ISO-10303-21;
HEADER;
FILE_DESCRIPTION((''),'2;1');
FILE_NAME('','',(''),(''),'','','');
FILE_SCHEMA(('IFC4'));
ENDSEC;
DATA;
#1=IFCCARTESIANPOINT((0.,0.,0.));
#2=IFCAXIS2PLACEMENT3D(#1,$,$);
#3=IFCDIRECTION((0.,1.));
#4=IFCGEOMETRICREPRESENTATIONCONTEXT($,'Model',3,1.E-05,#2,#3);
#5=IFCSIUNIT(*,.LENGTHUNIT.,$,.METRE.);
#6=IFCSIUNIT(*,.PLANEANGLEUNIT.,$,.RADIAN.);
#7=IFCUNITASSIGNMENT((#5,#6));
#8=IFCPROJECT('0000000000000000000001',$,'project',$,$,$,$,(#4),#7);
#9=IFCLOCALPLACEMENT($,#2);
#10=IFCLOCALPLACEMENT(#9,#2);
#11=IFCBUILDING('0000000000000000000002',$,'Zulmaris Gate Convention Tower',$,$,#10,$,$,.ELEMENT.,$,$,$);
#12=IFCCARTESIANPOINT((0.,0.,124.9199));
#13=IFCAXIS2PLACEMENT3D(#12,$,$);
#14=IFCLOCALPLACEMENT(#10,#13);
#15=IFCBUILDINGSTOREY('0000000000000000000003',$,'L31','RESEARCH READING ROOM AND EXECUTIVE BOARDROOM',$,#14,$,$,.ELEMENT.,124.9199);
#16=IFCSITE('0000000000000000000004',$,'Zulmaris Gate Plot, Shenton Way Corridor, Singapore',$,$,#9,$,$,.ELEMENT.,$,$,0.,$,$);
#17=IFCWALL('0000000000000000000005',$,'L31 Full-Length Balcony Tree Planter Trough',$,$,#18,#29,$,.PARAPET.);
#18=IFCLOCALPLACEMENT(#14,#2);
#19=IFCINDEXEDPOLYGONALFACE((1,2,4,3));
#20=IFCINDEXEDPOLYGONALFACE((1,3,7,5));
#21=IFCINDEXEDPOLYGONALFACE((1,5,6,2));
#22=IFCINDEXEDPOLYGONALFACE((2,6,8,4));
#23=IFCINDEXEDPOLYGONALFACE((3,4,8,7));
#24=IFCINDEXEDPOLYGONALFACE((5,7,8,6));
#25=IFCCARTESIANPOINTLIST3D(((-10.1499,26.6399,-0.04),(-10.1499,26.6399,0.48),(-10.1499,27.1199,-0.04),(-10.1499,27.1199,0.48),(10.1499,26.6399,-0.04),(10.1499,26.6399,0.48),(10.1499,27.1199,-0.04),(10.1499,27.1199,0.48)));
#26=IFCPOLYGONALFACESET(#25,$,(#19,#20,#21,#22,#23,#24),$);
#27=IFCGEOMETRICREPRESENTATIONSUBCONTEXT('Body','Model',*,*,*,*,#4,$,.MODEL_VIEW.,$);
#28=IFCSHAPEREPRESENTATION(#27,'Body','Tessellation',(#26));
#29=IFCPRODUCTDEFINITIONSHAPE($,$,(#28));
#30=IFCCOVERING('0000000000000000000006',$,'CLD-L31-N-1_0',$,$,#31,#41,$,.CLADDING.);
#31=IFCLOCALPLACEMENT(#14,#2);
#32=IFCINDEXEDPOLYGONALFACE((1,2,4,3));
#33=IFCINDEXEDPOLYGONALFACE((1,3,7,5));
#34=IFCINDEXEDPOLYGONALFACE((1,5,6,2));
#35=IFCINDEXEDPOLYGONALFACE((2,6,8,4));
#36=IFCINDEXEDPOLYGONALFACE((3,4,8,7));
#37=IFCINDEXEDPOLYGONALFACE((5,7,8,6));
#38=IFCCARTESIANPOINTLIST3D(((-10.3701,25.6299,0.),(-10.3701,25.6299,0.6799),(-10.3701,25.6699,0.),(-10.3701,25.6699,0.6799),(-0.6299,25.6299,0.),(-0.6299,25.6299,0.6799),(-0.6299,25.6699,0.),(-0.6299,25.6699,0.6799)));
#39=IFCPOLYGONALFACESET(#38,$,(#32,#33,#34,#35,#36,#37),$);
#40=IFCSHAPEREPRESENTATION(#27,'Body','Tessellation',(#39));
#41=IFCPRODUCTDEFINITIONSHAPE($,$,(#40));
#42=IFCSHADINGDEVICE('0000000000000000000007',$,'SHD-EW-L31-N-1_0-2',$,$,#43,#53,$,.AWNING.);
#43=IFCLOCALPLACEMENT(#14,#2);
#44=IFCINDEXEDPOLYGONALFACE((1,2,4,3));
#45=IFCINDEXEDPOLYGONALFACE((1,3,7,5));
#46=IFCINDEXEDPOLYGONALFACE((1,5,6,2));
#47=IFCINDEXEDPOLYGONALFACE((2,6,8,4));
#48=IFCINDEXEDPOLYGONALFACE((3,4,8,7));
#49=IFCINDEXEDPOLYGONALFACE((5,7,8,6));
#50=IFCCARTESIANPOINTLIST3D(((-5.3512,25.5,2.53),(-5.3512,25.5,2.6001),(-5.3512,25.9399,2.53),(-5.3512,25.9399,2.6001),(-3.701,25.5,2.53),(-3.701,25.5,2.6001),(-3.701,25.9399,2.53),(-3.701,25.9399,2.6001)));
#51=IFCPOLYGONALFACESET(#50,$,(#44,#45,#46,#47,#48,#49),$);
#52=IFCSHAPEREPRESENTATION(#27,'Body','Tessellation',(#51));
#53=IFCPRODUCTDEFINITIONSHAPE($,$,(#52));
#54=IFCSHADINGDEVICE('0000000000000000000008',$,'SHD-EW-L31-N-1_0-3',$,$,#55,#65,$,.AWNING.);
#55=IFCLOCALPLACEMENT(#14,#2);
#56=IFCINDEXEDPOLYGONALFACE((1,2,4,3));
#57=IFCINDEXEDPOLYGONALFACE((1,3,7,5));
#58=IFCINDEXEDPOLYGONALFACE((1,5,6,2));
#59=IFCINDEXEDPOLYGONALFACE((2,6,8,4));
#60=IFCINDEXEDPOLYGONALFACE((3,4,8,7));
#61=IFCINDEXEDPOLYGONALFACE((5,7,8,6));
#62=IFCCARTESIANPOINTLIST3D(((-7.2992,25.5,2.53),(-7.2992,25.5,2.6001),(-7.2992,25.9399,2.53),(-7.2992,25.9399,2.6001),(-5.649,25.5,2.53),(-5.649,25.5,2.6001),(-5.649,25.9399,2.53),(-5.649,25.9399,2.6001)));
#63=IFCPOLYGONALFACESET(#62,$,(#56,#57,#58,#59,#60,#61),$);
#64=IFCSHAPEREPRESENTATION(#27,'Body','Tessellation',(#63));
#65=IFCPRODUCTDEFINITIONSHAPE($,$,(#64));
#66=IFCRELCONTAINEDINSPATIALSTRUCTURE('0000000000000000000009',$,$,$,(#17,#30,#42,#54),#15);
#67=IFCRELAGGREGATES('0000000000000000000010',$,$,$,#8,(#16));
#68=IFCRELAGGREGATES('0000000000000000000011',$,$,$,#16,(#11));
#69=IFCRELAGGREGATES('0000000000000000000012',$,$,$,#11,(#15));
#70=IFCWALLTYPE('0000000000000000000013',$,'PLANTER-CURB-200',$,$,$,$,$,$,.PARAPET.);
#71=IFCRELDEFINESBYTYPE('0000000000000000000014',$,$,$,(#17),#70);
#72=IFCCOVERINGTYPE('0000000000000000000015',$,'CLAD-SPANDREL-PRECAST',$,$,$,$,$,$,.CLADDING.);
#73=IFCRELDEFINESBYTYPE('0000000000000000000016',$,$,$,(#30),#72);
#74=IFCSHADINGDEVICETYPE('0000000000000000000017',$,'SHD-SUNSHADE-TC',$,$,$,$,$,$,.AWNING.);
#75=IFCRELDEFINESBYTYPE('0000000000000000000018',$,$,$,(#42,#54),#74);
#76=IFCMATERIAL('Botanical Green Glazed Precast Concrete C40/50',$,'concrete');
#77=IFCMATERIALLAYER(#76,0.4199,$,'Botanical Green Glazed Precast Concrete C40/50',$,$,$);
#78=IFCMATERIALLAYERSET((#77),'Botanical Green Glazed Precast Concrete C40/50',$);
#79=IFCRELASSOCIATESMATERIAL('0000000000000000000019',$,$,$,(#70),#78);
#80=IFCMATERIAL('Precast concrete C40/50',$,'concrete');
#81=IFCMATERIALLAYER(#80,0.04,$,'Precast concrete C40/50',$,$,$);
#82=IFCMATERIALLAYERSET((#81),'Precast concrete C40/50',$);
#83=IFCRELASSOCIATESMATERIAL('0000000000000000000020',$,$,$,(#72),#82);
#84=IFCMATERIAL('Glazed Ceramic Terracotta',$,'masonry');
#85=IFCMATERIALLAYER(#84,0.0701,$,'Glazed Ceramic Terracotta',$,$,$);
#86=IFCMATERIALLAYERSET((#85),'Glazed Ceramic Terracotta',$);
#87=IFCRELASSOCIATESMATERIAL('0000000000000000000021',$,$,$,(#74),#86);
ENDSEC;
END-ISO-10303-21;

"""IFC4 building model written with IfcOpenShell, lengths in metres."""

from ifc_helpers import new_model, si_unit, direction, frame, frame_2d, origin, place, context, subcontext, project, spatial, rectangle, extrude, material, layer, layer_set, type_object, element, save


model = new_model("IFC4")

# Units and contexts
model_context = context("Model", 3, precision=1e-05, world=origin(), true_north=direction((0.0, 1.0)))
body_context = subcontext(model_context, "Body", "Model", "MODEL_VIEW")
ifc_project = project(units=[si_unit("LENGTHUNIT", "METRE"), si_unit("PLANEANGLEUNIT", "RADIAN")], contexts=[model_context])

# Site, building, storey
site_placement = place(None, origin())
site = spatial("IfcSite", under=ifc_project, at=site_placement, Name="Zulmaris Gate Plot, Shenton Way Corridor, Singapore", CompositionType="ELEMENT", RefElevation=0.0)
building_placement = place(site_placement, origin())
building = spatial("IfcBuilding", under=site, at=building_placement, Name="Zulmaris Gate Convention Tower", CompositionType="ELEMENT")
storey_placement = place(building_placement, frame((0.0, 0.0, 124.9199)))
storey = spatial("IfcBuildingStorey", under=building, at=storey_placement, Name="L31", Description="RESEARCH READING ROOM AND EXECUTIVE BOARDROOM", CompositionType="ELEMENT", Elevation=124.9199)

# Wall
ifc_material_1 = material(Name="Botanical Green Glazed Precast Concrete C40/50", Category="concrete")
ifc_layer_1 = layer(ifc_material_1, 0.4199, Name="Botanical Green Glazed Precast Concrete C40/50")
ifc_layer_set_1 = layer_set([ifc_layer_1], Name="Botanical Green Glazed Precast Concrete C40/50")
wall_type_1 = type_object("IfcWallType", Name="PLANTER-CURB-200", PredefinedType="PARAPET", material=ifc_layer_set_1)
wall_1_placement = place(storey_placement, frame((-10.1499, 26.8799, -0.04), z_axis=(0.0, 0.0, 1.0), x_axis=(1.0, 0.0, 0.0)))
element("IfcWall", 1, at=wall_1_placement, inside=storey, type_object=wall_type_1, Name="L31 Full-Length Balcony Tree Planter Trough", PredefinedType="PARAPET", context=body_context, shape_type="SweptSolid", body=[
    extrude(rectangle(XDim=20.2998, YDim=0.48, at=frame_2d((10.1499, 0.0))), origin(), (0.0, 0.0, 1.0), 0.52),
])

# Shared definitions
ifc_material_2 = material(Name="Precast concrete C40/50", Category="concrete")

# Covering
ifc_layer_2 = layer(ifc_material_2, 0.04, Name="Precast concrete C40/50")
ifc_layer_set_2 = layer_set([ifc_layer_2], Name="Precast concrete C40/50")
covering_type = type_object("IfcCoveringType", Name="CLAD-SPANDREL-PRECAST", PredefinedType="CLADDING", material=ifc_layer_set_2)
covering_placement = place(storey_placement, frame((-0.6299, 25.6499, 0.0), z_axis=(0.0, 0.0, 1.0), x_axis=(-1.0, 0.0, 0.0)))
element("IfcCovering", 2, at=covering_placement, inside=storey, type_object=covering_type, Name="CLD-L31-N-1_0", PredefinedType="CLADDING", context=body_context, shape_type="SweptSolid", body=[
    extrude(rectangle(XDim=9.7402, YDim=0.04, at=frame_2d((4.8701, 0.0))), origin(), (0.0, 0.0, 1.0), 0.6799),
])

# Shading devices
ifc_material_3 = material(Name="Glazed Ceramic Terracotta", Category="masonry")
ifc_layer_3 = layer(ifc_material_3, 0.0701, Name="Glazed Ceramic Terracotta")
ifc_layer_set_3 = layer_set([ifc_layer_3], Name="Glazed Ceramic Terracotta")
shading_device_type = type_object("IfcShadingDeviceType", Name="SHD-SUNSHADE-TC", PredefinedType="AWNING", material=ifc_layer_set_3)
for number, where, z_axis, x_axis, name in (
    (3, (-3.7009, 25.72, 2.53), (0.0, 0.0, 1.0), (-1.0, 0.0, 0.0), "SHD-EW-L31-N-1_0-2"),
    (4, (-5.6489, 25.72, 2.53), (0.0, 0.0, 1.0), (-1.0, 0.0, 0.0), "SHD-EW-L31-N-1_0-3"),
):
    element("IfcShadingDevice", number, at=place(storey_placement, frame(where, z_axis=z_axis, x_axis=x_axis)), inside=storey, type_object=shading_device_type, Name=name, PredefinedType="AWNING", context=body_context, shape_type="SweptSolid", body=[
        extrude(rectangle(XDim=1.6501, YDim=0.4399, at=frame_2d((0.8252, 0.0))), origin(), (0.0, 0.0, 1.0), 0.0701),
    ])

save(model, "model.ifc")
